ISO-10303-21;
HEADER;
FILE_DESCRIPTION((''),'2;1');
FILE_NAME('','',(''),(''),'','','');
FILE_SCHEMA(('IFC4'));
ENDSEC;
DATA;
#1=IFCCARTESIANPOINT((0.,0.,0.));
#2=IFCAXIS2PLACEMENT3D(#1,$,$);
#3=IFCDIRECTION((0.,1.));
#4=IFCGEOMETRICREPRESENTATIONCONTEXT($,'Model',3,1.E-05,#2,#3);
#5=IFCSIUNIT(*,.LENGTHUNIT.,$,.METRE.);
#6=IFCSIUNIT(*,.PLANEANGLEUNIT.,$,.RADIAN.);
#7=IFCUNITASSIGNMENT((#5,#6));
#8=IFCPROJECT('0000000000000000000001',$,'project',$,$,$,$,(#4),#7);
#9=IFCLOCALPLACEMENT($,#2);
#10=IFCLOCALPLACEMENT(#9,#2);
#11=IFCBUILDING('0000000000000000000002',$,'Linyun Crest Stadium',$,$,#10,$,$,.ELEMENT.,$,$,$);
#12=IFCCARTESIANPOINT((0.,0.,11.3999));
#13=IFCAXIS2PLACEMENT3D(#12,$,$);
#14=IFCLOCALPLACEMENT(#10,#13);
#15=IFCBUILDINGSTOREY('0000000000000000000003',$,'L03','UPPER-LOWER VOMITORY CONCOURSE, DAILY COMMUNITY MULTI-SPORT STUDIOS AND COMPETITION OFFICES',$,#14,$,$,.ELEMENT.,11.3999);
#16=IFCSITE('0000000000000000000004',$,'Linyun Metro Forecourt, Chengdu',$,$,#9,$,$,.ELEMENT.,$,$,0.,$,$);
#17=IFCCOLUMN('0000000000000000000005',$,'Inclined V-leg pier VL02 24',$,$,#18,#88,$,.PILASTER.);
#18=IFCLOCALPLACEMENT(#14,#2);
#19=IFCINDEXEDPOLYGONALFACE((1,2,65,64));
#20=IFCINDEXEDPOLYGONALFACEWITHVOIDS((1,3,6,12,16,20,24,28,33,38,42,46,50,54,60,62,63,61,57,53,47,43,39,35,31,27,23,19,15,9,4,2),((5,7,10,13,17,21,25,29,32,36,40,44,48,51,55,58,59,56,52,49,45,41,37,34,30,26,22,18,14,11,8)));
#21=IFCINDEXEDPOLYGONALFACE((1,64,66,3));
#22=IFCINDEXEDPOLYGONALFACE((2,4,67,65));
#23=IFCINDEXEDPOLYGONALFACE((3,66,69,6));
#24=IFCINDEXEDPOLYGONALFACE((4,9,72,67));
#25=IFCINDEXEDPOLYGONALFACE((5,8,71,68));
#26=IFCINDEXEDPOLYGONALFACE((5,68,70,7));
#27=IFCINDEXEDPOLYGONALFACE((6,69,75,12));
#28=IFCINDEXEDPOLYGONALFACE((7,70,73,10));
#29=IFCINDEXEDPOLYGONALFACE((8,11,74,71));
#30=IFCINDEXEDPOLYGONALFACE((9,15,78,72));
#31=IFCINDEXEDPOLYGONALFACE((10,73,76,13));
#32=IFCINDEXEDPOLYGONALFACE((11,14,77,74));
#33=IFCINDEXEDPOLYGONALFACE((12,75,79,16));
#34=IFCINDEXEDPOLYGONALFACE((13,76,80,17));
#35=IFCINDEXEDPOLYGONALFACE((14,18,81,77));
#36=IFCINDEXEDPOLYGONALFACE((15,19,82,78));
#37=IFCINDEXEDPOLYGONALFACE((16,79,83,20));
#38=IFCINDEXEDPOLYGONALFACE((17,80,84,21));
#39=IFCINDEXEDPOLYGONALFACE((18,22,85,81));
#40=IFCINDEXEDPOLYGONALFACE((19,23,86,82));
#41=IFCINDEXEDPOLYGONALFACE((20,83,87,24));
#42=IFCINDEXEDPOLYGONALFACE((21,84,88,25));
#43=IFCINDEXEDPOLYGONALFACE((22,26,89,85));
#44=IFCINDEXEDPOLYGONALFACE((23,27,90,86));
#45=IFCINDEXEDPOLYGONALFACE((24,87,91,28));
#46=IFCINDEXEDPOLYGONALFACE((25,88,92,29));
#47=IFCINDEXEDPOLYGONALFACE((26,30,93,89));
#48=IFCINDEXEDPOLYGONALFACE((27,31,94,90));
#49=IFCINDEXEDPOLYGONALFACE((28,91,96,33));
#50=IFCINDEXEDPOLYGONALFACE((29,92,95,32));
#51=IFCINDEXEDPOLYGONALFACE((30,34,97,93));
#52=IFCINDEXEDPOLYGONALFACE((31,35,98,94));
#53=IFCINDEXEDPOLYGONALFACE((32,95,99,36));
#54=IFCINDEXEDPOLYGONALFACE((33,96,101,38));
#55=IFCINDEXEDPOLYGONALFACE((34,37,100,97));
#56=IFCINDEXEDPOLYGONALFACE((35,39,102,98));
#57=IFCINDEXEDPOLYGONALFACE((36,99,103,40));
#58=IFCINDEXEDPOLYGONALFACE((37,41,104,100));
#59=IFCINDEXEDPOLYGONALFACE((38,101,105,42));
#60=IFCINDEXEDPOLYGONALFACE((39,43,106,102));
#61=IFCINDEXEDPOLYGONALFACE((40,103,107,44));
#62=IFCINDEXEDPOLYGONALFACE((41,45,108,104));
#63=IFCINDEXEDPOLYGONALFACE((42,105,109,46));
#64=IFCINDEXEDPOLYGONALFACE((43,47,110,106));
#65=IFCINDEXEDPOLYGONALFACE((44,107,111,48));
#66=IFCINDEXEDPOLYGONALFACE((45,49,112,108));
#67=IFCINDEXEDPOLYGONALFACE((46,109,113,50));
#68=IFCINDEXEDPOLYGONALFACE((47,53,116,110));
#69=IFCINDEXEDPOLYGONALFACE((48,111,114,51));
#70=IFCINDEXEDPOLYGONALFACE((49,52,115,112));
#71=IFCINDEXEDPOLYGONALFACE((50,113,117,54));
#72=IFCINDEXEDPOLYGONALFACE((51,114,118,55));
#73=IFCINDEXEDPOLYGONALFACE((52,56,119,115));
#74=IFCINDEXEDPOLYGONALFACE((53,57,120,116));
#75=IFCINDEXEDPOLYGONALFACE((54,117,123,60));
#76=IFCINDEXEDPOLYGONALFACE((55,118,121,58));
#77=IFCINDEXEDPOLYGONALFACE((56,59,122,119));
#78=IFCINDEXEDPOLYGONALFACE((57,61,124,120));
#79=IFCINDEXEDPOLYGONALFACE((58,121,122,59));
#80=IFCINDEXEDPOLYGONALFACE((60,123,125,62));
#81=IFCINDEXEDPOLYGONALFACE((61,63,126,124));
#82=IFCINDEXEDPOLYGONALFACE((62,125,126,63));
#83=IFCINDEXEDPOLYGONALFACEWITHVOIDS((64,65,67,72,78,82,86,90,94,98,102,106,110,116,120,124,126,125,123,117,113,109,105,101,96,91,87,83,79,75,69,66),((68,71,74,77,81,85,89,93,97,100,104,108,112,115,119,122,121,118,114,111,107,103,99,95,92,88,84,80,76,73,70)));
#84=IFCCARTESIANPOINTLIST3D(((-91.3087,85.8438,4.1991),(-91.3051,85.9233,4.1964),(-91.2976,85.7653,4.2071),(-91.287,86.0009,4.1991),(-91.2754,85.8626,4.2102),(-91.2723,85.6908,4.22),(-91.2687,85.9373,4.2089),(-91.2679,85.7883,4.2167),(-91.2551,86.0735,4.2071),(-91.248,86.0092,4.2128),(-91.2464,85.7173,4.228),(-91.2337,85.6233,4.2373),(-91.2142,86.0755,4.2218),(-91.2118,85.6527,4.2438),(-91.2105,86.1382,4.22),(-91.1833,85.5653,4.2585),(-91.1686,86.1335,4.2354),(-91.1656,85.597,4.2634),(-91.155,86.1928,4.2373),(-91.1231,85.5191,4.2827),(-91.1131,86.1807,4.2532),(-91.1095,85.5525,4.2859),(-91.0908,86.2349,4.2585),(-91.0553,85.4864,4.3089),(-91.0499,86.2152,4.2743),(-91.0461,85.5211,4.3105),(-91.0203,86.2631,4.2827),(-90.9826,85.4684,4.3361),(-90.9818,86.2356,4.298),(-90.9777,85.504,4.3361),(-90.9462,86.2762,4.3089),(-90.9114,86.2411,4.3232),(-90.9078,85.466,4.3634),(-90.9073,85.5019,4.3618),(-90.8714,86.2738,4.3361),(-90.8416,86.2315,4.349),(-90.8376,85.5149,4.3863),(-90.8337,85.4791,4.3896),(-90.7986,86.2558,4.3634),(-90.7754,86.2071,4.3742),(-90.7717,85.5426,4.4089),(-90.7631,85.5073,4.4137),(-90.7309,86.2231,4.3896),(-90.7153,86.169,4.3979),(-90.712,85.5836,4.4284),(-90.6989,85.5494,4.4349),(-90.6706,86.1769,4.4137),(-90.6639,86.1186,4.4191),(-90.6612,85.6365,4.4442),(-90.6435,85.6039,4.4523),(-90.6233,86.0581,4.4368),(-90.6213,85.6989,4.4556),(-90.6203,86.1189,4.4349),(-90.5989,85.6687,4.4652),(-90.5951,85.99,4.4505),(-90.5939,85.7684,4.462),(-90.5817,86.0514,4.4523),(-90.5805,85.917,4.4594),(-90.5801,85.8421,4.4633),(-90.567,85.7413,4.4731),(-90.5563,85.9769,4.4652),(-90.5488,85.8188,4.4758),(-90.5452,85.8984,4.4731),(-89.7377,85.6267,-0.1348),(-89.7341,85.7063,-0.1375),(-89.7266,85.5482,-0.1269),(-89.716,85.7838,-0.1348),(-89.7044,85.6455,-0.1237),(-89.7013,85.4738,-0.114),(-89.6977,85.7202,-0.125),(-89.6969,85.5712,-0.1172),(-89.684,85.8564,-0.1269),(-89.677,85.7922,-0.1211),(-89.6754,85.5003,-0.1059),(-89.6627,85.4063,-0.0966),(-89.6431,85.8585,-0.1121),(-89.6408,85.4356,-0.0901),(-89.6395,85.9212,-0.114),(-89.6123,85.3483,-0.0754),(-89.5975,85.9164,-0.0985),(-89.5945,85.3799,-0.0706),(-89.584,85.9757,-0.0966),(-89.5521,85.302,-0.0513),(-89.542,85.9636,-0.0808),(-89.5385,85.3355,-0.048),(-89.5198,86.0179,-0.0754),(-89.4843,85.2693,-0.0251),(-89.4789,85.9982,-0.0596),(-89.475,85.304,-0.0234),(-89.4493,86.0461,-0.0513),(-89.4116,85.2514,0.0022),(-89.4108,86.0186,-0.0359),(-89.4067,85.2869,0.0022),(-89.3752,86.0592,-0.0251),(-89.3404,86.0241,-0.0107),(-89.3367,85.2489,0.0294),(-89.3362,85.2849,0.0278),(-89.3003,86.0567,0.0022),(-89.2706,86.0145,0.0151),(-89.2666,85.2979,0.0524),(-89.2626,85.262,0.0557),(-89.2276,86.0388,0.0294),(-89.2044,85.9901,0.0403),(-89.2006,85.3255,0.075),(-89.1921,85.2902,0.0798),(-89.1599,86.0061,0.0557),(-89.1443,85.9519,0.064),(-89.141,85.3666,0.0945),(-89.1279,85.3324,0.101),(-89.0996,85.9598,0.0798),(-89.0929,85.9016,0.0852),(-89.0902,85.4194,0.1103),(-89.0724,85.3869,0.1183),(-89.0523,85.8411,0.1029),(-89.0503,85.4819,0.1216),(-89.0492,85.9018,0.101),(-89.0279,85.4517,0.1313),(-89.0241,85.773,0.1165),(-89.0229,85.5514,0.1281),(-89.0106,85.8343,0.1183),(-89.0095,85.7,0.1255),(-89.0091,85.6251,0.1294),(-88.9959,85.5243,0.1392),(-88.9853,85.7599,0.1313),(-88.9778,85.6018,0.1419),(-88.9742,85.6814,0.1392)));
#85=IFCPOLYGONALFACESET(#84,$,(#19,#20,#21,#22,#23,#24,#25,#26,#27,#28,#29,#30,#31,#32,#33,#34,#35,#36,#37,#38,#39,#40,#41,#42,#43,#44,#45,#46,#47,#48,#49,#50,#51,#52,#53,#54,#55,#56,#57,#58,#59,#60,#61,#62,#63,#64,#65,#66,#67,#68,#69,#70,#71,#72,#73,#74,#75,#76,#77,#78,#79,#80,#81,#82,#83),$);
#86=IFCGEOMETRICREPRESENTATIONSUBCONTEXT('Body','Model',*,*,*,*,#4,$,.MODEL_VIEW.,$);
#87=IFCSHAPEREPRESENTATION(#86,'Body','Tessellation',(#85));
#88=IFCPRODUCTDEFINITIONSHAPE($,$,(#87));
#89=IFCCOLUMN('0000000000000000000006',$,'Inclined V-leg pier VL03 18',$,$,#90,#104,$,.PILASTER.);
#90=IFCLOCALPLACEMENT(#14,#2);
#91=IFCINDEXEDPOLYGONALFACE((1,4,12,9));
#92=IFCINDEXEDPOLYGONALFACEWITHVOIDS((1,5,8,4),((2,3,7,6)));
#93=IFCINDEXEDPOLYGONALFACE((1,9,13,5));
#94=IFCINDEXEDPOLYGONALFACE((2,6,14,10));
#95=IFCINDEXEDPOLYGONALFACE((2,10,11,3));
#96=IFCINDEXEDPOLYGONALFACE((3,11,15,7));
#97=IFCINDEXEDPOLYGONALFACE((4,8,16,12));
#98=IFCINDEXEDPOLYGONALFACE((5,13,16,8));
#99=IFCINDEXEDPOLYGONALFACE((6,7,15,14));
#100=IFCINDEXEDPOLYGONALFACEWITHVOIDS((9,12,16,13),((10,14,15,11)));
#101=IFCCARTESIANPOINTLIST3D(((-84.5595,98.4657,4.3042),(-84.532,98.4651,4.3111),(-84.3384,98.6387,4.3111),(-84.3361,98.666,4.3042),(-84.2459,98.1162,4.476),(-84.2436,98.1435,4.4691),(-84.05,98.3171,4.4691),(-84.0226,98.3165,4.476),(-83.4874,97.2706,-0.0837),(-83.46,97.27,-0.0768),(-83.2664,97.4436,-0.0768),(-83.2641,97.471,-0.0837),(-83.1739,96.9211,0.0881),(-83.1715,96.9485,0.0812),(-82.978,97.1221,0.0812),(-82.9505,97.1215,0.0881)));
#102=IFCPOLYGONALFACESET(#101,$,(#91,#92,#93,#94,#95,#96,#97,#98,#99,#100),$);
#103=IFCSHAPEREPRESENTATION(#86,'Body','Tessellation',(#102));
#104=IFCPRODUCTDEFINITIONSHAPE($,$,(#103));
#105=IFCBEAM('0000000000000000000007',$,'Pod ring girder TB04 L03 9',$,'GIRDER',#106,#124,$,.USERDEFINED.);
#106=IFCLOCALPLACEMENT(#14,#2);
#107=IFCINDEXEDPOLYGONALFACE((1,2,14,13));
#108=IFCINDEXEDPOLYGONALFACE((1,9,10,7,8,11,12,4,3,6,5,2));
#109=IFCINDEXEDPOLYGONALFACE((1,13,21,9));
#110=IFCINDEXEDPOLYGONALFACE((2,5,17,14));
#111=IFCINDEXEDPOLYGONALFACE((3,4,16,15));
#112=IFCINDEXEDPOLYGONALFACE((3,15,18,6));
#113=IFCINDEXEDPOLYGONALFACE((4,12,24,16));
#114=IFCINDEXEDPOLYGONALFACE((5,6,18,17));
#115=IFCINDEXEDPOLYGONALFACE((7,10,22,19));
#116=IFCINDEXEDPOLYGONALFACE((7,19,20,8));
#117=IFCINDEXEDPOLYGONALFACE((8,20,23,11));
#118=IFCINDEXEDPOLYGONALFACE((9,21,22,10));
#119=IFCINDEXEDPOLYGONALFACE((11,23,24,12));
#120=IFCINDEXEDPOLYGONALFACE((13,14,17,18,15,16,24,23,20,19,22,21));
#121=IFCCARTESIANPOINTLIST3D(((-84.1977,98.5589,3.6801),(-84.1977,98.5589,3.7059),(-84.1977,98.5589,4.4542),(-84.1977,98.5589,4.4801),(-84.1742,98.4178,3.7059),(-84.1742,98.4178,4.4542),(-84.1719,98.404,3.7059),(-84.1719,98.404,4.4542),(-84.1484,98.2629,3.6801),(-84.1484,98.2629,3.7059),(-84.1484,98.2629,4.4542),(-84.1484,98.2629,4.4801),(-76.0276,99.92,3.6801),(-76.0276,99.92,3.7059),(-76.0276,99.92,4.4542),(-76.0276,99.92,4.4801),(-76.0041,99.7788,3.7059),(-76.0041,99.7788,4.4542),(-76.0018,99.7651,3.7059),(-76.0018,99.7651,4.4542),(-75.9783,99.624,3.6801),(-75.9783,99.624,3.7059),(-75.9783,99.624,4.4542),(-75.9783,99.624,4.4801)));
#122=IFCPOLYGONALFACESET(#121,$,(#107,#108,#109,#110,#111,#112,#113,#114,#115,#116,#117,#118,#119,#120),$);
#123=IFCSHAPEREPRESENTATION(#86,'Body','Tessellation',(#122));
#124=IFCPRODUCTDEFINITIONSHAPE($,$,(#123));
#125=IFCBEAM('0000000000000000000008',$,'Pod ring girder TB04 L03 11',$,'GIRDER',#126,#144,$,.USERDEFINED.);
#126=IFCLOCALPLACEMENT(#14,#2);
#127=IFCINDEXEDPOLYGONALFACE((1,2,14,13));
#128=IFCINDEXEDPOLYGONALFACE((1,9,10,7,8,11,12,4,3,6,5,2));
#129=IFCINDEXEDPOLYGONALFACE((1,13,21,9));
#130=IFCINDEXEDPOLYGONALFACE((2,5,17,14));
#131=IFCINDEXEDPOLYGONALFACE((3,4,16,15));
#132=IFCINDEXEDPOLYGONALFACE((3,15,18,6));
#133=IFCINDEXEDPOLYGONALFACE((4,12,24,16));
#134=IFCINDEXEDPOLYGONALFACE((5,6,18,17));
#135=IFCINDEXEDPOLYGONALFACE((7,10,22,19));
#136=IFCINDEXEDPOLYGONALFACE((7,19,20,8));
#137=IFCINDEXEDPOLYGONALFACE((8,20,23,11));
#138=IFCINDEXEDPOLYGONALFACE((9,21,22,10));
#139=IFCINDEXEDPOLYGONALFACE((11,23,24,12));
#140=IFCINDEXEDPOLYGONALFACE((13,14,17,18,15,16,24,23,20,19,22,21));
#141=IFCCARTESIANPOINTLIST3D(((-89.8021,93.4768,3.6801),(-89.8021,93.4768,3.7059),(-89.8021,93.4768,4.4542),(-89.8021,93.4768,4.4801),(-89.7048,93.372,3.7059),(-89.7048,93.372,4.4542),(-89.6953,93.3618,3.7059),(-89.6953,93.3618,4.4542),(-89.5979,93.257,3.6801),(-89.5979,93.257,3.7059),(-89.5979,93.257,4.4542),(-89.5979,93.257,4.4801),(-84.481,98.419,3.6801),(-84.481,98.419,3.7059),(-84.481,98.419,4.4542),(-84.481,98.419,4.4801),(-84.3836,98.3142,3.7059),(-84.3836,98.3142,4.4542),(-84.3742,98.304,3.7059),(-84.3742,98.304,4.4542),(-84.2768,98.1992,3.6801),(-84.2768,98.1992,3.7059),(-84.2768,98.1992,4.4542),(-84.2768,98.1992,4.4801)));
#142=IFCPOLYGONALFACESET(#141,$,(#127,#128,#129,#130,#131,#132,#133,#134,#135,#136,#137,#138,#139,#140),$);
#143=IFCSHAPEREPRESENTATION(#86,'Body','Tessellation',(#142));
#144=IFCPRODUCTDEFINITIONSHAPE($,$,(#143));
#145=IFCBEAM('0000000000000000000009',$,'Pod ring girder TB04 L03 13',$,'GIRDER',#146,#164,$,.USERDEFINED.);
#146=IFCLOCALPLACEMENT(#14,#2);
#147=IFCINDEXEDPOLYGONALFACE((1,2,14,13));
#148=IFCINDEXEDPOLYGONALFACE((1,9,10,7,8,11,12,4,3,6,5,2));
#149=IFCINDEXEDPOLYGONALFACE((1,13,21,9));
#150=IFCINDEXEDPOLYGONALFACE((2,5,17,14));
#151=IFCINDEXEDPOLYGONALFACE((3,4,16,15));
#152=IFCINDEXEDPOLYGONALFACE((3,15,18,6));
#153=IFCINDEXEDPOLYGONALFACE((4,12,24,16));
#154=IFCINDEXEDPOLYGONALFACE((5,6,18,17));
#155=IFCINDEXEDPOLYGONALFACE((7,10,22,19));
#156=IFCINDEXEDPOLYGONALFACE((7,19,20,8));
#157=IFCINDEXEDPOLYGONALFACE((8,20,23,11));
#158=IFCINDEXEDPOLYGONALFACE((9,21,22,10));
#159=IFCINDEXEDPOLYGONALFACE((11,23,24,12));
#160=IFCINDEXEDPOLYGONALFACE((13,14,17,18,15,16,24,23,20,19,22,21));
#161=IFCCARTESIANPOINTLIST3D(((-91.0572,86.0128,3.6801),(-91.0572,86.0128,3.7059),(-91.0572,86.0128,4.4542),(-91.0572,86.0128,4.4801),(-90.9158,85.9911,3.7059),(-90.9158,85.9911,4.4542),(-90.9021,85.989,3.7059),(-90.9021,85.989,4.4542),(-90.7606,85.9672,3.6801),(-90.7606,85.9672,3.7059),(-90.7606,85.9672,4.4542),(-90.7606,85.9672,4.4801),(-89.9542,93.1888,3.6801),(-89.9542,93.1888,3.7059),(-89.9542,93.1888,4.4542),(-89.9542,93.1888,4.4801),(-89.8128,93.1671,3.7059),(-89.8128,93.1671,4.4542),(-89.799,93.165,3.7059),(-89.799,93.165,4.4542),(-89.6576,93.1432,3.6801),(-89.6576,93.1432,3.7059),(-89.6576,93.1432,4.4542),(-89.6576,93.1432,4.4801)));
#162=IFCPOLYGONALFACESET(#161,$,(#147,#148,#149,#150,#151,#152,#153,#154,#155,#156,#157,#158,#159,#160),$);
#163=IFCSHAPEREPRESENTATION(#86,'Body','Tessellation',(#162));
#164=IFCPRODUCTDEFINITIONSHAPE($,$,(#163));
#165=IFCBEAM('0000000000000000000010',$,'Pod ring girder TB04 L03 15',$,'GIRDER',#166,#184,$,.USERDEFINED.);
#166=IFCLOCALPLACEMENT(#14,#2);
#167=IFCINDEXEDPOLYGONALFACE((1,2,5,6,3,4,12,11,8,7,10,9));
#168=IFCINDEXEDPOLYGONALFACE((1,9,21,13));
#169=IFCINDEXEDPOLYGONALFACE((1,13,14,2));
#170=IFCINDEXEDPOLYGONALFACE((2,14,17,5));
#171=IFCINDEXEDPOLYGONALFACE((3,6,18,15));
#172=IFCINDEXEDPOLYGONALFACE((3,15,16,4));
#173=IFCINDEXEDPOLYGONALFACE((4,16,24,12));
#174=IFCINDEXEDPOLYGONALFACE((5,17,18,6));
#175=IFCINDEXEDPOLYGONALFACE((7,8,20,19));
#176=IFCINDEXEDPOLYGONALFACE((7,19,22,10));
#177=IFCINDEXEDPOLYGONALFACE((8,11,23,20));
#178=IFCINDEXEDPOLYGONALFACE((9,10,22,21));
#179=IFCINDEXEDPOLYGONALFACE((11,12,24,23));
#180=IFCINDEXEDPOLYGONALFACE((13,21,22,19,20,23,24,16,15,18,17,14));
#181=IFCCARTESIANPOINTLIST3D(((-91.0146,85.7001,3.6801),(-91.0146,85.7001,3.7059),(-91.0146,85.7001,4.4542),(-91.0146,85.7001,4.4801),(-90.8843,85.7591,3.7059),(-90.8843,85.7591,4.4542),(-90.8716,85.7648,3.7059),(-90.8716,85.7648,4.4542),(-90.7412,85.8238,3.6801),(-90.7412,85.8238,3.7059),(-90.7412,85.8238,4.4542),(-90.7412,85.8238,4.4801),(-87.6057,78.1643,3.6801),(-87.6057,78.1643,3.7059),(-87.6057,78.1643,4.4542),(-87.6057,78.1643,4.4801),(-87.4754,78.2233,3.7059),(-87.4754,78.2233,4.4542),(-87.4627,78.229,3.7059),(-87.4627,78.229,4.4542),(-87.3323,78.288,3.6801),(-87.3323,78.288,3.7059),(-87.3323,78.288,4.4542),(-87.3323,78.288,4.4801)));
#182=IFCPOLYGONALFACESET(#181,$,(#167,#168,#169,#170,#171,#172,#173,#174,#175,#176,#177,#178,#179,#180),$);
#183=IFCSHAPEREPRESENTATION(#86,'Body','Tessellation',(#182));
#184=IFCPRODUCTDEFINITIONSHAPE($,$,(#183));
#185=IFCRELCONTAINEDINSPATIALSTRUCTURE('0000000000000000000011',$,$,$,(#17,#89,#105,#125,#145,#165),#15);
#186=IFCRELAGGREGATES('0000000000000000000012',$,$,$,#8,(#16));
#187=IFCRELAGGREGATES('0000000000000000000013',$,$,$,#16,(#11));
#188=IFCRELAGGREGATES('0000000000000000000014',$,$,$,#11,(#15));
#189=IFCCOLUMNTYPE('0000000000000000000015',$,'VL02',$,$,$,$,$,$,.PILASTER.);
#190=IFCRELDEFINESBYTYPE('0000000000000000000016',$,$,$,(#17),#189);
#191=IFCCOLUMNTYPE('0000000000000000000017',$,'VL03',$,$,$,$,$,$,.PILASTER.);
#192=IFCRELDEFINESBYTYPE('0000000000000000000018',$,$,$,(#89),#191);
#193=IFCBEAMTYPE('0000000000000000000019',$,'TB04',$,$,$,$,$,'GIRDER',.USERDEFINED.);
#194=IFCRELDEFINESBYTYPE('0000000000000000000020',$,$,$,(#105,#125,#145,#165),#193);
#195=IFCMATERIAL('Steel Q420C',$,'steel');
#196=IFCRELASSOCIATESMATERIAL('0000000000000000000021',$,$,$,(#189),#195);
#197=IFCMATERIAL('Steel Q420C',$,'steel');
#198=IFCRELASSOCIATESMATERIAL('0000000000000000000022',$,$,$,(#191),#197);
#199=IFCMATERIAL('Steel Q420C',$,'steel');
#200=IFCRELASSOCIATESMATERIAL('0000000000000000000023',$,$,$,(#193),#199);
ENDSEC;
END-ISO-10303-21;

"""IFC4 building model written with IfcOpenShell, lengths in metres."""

from ifc_helpers import new_model, si_unit, direction, frame, origin, origin_2d, place, context, subcontext, project, spatial, hollow_rectangle, hollow_circle, i_section, extrude, material, material_profile, profile_set, type_object, element, save


model = new_model("IFC4")

# Units and contexts
model_context = context("Model", 3, precision=1e-05, world=origin(), true_north=direction((0.0, 1.0)))
body_context = subcontext(model_context, "Body", "Model", "MODEL_VIEW")
ifc_project = project(units=[si_unit("LENGTHUNIT", "METRE"), si_unit("PLANEANGLEUNIT", "RADIAN")], contexts=[model_context])

# Site, building, storey
site_placement = place(None, origin())
site = spatial("IfcSite", under=ifc_project, at=site_placement, Name="Linyun Metro Forecourt, Chengdu", CompositionType="ELEMENT", RefElevation=0.0)
building_placement = place(site_placement, origin())
building = spatial("IfcBuilding", under=site, at=building_placement, Name="Linyun Crest Stadium", CompositionType="ELEMENT")
storey_placement = place(building_placement, frame((0.0, 0.0, 11.3999)))
storey = spatial("IfcBuildingStorey", under=building, at=storey_placement, Name="L03", Description="UPPER-LOWER VOMITORY CONCOURSE, DAILY COMMUNITY MULTI-SPORT STUDIOS AND COMPETITION OFFICES", CompositionType="ELEMENT", Elevation=11.3999)

# Columns
ifc_material_1 = material(Name="Steel Q420C", Category="steel")
ifc_material_profile_1 = material_profile(ifc_material_1, hollow_circle(Radius=0.4065, WallThickness=0.0359, at=origin_2d()), Name="CHS 813x36")
ifc_profile_set_1 = profile_set([ifc_material_profile_1], Name="Steel Q420C")
column_type_1 = type_object("IfcColumnType", Name="VL02", PredefinedType="PILASTER", material=ifc_profile_set_1)
column_1_placement = place(storey_placement, frame((-89.356, 85.6541, 0.0022), z_axis=(-0.340418, 0.047029, 0.939098), x_axis=(-0.136851, -0.990592, 0.0)))
element("IfcColumn", 1, at=column_1_placement, inside=storey, type_object=column_type_1, Name="Inclined V-leg pier VL02 24", PredefinedType="PILASTER", context=body_context, shape_type="SweptSolid", body=[
    extrude(hollow_circle(Radius=0.4065, WallThickness=0.0359, at=origin_2d()), origin(), (0.0, 0.0, 1.0), 4.615),
])
ifc_material_2 = material(Name="Steel Q420C", Category="steel")
ifc_material_profile_2 = material_profile(ifc_material_2, hollow_rectangle(XDim=0.3, YDim=0.5, WallThickness=0.02, at=origin_2d()), Name="RHS 500x300x20")
ifc_profile_set_2 = profile_set([ifc_material_profile_2], Name="Steel Q420C")
column_type_2 = type_object("IfcColumnType", Name="VL03", PredefinedType="PILASTER", material=ifc_profile_set_2)
column_2_placement = place(storey_placement, frame((-83.219, 97.196, 0.0022), z_axis=(-0.229436, 0.255771, 0.939117), x_axis=(-0.74439, -0.667746, 0.0)))
element("IfcColumn", 2, at=column_2_placement, inside=storey, type_object=column_type_2, Name="Inclined V-leg pier VL03 18", PredefinedType="PILASTER", context=body_context, shape_type="SweptSolid", body=[
    extrude(hollow_rectangle(XDim=0.3, YDim=0.5, WallThickness=0.02, at=origin_2d()), origin(), (0.0, 0.0, 1.0), 4.6724),
])

# Beams
ifc_material_3 = material(Name="Steel Q420C", Category="steel")
ifc_material_profile_3 = material_profile(ifc_material_3, i_section(OverallWidth=0.3, OverallDepth=0.8, WebThickness=0.0139, FlangeThickness=0.0259, at=origin_2d()), Name="HN 800x300")
ifc_profile_set_3 = profile_set([ifc_material_profile_3], Name="Steel Q420C")
beam_type_1 = type_object("IfcBeamType", Name="TB04", ElementType="GIRDER", PredefinedType="USERDEFINED", material=ifc_profile_set_3)
beam_1_placement = place(storey_placement, frame((-76.0029, 99.772, 4.0801), z_axis=(-0.986406, -0.164327, 0.0), x_axis=(0.164327, -0.986406, 0.0)))
element("IfcBeam", 3, at=beam_1_placement, inside=storey, type_object=beam_type_1, Name="Pod ring girder TB04 L03 9", ObjectType="GIRDER", PredefinedType="USERDEFINED", context=body_context, shape_type="SweptSolid", body=[
    extrude(i_section(OverallWidth=0.3, OverallDepth=0.8, WebThickness=0.0139, FlangeThickness=0.0259, at=origin_2d()), origin(), (0.0, 0.0, 1.0), 8.2827),
])
beam_2_placement = place(storey_placement, frame((-84.3789, 98.3091, 4.0801), z_axis=(-0.732713, -0.680537, 0.0), x_axis=(0.680537, -0.732713, 0.0)))
element("IfcBeam", 4, at=beam_2_placement, inside=storey, type_object=beam_type_1, Name="Pod ring girder TB04 L03 11", ObjectType="GIRDER", PredefinedType="USERDEFINED", context=body_context, shape_type="SweptSolid", body=[
    extrude(i_section(OverallWidth=0.3, OverallDepth=0.8, WebThickness=0.0139, FlangeThickness=0.0259, at=origin_2d()), origin(), (0.0, 0.0, 1.0), 7.2622),
])
beam_3_placement = place(storey_placement, frame((-89.8059, 93.166, 4.0801), z_axis=(-0.151926, -0.988392, 0.0), x_axis=(0.988392, -0.151926, 0.0)))
element("IfcBeam", 5, at=beam_3_placement, inside=storey, type_object=beam_type_1, Name="Pod ring girder TB04 L03 13", ObjectType="GIRDER", PredefinedType="USERDEFINED", context=body_context, shape_type="SweptSolid", body=[
    extrude(i_section(OverallWidth=0.3, OverallDepth=0.8, WebThickness=0.0139, FlangeThickness=0.0259, at=origin_2d()), origin(), (0.0, 0.0, 1.0), 7.2603),
])
beam_4_placement = place(storey_placement, frame((-90.8779, 85.762, 4.0801), z_axis=(0.412152, -0.911115, 0.0), x_axis=(0.911115, 0.412152, 0.0)))
element("IfcBeam", 6, at=beam_4_placement, inside=storey, type_object=beam_type_1, Name="Pod ring girder TB04 L03 15", ObjectType="GIRDER", PredefinedType="USERDEFINED", context=body_context, shape_type="SweptSolid", body=[
    extrude(i_section(OverallWidth=0.3, OverallDepth=0.8, WebThickness=0.0139, FlangeThickness=0.0259, at=origin_2d()), origin(), (0.0, 0.0, 1.0), 8.271),
])

save(model, "model.ifc")
